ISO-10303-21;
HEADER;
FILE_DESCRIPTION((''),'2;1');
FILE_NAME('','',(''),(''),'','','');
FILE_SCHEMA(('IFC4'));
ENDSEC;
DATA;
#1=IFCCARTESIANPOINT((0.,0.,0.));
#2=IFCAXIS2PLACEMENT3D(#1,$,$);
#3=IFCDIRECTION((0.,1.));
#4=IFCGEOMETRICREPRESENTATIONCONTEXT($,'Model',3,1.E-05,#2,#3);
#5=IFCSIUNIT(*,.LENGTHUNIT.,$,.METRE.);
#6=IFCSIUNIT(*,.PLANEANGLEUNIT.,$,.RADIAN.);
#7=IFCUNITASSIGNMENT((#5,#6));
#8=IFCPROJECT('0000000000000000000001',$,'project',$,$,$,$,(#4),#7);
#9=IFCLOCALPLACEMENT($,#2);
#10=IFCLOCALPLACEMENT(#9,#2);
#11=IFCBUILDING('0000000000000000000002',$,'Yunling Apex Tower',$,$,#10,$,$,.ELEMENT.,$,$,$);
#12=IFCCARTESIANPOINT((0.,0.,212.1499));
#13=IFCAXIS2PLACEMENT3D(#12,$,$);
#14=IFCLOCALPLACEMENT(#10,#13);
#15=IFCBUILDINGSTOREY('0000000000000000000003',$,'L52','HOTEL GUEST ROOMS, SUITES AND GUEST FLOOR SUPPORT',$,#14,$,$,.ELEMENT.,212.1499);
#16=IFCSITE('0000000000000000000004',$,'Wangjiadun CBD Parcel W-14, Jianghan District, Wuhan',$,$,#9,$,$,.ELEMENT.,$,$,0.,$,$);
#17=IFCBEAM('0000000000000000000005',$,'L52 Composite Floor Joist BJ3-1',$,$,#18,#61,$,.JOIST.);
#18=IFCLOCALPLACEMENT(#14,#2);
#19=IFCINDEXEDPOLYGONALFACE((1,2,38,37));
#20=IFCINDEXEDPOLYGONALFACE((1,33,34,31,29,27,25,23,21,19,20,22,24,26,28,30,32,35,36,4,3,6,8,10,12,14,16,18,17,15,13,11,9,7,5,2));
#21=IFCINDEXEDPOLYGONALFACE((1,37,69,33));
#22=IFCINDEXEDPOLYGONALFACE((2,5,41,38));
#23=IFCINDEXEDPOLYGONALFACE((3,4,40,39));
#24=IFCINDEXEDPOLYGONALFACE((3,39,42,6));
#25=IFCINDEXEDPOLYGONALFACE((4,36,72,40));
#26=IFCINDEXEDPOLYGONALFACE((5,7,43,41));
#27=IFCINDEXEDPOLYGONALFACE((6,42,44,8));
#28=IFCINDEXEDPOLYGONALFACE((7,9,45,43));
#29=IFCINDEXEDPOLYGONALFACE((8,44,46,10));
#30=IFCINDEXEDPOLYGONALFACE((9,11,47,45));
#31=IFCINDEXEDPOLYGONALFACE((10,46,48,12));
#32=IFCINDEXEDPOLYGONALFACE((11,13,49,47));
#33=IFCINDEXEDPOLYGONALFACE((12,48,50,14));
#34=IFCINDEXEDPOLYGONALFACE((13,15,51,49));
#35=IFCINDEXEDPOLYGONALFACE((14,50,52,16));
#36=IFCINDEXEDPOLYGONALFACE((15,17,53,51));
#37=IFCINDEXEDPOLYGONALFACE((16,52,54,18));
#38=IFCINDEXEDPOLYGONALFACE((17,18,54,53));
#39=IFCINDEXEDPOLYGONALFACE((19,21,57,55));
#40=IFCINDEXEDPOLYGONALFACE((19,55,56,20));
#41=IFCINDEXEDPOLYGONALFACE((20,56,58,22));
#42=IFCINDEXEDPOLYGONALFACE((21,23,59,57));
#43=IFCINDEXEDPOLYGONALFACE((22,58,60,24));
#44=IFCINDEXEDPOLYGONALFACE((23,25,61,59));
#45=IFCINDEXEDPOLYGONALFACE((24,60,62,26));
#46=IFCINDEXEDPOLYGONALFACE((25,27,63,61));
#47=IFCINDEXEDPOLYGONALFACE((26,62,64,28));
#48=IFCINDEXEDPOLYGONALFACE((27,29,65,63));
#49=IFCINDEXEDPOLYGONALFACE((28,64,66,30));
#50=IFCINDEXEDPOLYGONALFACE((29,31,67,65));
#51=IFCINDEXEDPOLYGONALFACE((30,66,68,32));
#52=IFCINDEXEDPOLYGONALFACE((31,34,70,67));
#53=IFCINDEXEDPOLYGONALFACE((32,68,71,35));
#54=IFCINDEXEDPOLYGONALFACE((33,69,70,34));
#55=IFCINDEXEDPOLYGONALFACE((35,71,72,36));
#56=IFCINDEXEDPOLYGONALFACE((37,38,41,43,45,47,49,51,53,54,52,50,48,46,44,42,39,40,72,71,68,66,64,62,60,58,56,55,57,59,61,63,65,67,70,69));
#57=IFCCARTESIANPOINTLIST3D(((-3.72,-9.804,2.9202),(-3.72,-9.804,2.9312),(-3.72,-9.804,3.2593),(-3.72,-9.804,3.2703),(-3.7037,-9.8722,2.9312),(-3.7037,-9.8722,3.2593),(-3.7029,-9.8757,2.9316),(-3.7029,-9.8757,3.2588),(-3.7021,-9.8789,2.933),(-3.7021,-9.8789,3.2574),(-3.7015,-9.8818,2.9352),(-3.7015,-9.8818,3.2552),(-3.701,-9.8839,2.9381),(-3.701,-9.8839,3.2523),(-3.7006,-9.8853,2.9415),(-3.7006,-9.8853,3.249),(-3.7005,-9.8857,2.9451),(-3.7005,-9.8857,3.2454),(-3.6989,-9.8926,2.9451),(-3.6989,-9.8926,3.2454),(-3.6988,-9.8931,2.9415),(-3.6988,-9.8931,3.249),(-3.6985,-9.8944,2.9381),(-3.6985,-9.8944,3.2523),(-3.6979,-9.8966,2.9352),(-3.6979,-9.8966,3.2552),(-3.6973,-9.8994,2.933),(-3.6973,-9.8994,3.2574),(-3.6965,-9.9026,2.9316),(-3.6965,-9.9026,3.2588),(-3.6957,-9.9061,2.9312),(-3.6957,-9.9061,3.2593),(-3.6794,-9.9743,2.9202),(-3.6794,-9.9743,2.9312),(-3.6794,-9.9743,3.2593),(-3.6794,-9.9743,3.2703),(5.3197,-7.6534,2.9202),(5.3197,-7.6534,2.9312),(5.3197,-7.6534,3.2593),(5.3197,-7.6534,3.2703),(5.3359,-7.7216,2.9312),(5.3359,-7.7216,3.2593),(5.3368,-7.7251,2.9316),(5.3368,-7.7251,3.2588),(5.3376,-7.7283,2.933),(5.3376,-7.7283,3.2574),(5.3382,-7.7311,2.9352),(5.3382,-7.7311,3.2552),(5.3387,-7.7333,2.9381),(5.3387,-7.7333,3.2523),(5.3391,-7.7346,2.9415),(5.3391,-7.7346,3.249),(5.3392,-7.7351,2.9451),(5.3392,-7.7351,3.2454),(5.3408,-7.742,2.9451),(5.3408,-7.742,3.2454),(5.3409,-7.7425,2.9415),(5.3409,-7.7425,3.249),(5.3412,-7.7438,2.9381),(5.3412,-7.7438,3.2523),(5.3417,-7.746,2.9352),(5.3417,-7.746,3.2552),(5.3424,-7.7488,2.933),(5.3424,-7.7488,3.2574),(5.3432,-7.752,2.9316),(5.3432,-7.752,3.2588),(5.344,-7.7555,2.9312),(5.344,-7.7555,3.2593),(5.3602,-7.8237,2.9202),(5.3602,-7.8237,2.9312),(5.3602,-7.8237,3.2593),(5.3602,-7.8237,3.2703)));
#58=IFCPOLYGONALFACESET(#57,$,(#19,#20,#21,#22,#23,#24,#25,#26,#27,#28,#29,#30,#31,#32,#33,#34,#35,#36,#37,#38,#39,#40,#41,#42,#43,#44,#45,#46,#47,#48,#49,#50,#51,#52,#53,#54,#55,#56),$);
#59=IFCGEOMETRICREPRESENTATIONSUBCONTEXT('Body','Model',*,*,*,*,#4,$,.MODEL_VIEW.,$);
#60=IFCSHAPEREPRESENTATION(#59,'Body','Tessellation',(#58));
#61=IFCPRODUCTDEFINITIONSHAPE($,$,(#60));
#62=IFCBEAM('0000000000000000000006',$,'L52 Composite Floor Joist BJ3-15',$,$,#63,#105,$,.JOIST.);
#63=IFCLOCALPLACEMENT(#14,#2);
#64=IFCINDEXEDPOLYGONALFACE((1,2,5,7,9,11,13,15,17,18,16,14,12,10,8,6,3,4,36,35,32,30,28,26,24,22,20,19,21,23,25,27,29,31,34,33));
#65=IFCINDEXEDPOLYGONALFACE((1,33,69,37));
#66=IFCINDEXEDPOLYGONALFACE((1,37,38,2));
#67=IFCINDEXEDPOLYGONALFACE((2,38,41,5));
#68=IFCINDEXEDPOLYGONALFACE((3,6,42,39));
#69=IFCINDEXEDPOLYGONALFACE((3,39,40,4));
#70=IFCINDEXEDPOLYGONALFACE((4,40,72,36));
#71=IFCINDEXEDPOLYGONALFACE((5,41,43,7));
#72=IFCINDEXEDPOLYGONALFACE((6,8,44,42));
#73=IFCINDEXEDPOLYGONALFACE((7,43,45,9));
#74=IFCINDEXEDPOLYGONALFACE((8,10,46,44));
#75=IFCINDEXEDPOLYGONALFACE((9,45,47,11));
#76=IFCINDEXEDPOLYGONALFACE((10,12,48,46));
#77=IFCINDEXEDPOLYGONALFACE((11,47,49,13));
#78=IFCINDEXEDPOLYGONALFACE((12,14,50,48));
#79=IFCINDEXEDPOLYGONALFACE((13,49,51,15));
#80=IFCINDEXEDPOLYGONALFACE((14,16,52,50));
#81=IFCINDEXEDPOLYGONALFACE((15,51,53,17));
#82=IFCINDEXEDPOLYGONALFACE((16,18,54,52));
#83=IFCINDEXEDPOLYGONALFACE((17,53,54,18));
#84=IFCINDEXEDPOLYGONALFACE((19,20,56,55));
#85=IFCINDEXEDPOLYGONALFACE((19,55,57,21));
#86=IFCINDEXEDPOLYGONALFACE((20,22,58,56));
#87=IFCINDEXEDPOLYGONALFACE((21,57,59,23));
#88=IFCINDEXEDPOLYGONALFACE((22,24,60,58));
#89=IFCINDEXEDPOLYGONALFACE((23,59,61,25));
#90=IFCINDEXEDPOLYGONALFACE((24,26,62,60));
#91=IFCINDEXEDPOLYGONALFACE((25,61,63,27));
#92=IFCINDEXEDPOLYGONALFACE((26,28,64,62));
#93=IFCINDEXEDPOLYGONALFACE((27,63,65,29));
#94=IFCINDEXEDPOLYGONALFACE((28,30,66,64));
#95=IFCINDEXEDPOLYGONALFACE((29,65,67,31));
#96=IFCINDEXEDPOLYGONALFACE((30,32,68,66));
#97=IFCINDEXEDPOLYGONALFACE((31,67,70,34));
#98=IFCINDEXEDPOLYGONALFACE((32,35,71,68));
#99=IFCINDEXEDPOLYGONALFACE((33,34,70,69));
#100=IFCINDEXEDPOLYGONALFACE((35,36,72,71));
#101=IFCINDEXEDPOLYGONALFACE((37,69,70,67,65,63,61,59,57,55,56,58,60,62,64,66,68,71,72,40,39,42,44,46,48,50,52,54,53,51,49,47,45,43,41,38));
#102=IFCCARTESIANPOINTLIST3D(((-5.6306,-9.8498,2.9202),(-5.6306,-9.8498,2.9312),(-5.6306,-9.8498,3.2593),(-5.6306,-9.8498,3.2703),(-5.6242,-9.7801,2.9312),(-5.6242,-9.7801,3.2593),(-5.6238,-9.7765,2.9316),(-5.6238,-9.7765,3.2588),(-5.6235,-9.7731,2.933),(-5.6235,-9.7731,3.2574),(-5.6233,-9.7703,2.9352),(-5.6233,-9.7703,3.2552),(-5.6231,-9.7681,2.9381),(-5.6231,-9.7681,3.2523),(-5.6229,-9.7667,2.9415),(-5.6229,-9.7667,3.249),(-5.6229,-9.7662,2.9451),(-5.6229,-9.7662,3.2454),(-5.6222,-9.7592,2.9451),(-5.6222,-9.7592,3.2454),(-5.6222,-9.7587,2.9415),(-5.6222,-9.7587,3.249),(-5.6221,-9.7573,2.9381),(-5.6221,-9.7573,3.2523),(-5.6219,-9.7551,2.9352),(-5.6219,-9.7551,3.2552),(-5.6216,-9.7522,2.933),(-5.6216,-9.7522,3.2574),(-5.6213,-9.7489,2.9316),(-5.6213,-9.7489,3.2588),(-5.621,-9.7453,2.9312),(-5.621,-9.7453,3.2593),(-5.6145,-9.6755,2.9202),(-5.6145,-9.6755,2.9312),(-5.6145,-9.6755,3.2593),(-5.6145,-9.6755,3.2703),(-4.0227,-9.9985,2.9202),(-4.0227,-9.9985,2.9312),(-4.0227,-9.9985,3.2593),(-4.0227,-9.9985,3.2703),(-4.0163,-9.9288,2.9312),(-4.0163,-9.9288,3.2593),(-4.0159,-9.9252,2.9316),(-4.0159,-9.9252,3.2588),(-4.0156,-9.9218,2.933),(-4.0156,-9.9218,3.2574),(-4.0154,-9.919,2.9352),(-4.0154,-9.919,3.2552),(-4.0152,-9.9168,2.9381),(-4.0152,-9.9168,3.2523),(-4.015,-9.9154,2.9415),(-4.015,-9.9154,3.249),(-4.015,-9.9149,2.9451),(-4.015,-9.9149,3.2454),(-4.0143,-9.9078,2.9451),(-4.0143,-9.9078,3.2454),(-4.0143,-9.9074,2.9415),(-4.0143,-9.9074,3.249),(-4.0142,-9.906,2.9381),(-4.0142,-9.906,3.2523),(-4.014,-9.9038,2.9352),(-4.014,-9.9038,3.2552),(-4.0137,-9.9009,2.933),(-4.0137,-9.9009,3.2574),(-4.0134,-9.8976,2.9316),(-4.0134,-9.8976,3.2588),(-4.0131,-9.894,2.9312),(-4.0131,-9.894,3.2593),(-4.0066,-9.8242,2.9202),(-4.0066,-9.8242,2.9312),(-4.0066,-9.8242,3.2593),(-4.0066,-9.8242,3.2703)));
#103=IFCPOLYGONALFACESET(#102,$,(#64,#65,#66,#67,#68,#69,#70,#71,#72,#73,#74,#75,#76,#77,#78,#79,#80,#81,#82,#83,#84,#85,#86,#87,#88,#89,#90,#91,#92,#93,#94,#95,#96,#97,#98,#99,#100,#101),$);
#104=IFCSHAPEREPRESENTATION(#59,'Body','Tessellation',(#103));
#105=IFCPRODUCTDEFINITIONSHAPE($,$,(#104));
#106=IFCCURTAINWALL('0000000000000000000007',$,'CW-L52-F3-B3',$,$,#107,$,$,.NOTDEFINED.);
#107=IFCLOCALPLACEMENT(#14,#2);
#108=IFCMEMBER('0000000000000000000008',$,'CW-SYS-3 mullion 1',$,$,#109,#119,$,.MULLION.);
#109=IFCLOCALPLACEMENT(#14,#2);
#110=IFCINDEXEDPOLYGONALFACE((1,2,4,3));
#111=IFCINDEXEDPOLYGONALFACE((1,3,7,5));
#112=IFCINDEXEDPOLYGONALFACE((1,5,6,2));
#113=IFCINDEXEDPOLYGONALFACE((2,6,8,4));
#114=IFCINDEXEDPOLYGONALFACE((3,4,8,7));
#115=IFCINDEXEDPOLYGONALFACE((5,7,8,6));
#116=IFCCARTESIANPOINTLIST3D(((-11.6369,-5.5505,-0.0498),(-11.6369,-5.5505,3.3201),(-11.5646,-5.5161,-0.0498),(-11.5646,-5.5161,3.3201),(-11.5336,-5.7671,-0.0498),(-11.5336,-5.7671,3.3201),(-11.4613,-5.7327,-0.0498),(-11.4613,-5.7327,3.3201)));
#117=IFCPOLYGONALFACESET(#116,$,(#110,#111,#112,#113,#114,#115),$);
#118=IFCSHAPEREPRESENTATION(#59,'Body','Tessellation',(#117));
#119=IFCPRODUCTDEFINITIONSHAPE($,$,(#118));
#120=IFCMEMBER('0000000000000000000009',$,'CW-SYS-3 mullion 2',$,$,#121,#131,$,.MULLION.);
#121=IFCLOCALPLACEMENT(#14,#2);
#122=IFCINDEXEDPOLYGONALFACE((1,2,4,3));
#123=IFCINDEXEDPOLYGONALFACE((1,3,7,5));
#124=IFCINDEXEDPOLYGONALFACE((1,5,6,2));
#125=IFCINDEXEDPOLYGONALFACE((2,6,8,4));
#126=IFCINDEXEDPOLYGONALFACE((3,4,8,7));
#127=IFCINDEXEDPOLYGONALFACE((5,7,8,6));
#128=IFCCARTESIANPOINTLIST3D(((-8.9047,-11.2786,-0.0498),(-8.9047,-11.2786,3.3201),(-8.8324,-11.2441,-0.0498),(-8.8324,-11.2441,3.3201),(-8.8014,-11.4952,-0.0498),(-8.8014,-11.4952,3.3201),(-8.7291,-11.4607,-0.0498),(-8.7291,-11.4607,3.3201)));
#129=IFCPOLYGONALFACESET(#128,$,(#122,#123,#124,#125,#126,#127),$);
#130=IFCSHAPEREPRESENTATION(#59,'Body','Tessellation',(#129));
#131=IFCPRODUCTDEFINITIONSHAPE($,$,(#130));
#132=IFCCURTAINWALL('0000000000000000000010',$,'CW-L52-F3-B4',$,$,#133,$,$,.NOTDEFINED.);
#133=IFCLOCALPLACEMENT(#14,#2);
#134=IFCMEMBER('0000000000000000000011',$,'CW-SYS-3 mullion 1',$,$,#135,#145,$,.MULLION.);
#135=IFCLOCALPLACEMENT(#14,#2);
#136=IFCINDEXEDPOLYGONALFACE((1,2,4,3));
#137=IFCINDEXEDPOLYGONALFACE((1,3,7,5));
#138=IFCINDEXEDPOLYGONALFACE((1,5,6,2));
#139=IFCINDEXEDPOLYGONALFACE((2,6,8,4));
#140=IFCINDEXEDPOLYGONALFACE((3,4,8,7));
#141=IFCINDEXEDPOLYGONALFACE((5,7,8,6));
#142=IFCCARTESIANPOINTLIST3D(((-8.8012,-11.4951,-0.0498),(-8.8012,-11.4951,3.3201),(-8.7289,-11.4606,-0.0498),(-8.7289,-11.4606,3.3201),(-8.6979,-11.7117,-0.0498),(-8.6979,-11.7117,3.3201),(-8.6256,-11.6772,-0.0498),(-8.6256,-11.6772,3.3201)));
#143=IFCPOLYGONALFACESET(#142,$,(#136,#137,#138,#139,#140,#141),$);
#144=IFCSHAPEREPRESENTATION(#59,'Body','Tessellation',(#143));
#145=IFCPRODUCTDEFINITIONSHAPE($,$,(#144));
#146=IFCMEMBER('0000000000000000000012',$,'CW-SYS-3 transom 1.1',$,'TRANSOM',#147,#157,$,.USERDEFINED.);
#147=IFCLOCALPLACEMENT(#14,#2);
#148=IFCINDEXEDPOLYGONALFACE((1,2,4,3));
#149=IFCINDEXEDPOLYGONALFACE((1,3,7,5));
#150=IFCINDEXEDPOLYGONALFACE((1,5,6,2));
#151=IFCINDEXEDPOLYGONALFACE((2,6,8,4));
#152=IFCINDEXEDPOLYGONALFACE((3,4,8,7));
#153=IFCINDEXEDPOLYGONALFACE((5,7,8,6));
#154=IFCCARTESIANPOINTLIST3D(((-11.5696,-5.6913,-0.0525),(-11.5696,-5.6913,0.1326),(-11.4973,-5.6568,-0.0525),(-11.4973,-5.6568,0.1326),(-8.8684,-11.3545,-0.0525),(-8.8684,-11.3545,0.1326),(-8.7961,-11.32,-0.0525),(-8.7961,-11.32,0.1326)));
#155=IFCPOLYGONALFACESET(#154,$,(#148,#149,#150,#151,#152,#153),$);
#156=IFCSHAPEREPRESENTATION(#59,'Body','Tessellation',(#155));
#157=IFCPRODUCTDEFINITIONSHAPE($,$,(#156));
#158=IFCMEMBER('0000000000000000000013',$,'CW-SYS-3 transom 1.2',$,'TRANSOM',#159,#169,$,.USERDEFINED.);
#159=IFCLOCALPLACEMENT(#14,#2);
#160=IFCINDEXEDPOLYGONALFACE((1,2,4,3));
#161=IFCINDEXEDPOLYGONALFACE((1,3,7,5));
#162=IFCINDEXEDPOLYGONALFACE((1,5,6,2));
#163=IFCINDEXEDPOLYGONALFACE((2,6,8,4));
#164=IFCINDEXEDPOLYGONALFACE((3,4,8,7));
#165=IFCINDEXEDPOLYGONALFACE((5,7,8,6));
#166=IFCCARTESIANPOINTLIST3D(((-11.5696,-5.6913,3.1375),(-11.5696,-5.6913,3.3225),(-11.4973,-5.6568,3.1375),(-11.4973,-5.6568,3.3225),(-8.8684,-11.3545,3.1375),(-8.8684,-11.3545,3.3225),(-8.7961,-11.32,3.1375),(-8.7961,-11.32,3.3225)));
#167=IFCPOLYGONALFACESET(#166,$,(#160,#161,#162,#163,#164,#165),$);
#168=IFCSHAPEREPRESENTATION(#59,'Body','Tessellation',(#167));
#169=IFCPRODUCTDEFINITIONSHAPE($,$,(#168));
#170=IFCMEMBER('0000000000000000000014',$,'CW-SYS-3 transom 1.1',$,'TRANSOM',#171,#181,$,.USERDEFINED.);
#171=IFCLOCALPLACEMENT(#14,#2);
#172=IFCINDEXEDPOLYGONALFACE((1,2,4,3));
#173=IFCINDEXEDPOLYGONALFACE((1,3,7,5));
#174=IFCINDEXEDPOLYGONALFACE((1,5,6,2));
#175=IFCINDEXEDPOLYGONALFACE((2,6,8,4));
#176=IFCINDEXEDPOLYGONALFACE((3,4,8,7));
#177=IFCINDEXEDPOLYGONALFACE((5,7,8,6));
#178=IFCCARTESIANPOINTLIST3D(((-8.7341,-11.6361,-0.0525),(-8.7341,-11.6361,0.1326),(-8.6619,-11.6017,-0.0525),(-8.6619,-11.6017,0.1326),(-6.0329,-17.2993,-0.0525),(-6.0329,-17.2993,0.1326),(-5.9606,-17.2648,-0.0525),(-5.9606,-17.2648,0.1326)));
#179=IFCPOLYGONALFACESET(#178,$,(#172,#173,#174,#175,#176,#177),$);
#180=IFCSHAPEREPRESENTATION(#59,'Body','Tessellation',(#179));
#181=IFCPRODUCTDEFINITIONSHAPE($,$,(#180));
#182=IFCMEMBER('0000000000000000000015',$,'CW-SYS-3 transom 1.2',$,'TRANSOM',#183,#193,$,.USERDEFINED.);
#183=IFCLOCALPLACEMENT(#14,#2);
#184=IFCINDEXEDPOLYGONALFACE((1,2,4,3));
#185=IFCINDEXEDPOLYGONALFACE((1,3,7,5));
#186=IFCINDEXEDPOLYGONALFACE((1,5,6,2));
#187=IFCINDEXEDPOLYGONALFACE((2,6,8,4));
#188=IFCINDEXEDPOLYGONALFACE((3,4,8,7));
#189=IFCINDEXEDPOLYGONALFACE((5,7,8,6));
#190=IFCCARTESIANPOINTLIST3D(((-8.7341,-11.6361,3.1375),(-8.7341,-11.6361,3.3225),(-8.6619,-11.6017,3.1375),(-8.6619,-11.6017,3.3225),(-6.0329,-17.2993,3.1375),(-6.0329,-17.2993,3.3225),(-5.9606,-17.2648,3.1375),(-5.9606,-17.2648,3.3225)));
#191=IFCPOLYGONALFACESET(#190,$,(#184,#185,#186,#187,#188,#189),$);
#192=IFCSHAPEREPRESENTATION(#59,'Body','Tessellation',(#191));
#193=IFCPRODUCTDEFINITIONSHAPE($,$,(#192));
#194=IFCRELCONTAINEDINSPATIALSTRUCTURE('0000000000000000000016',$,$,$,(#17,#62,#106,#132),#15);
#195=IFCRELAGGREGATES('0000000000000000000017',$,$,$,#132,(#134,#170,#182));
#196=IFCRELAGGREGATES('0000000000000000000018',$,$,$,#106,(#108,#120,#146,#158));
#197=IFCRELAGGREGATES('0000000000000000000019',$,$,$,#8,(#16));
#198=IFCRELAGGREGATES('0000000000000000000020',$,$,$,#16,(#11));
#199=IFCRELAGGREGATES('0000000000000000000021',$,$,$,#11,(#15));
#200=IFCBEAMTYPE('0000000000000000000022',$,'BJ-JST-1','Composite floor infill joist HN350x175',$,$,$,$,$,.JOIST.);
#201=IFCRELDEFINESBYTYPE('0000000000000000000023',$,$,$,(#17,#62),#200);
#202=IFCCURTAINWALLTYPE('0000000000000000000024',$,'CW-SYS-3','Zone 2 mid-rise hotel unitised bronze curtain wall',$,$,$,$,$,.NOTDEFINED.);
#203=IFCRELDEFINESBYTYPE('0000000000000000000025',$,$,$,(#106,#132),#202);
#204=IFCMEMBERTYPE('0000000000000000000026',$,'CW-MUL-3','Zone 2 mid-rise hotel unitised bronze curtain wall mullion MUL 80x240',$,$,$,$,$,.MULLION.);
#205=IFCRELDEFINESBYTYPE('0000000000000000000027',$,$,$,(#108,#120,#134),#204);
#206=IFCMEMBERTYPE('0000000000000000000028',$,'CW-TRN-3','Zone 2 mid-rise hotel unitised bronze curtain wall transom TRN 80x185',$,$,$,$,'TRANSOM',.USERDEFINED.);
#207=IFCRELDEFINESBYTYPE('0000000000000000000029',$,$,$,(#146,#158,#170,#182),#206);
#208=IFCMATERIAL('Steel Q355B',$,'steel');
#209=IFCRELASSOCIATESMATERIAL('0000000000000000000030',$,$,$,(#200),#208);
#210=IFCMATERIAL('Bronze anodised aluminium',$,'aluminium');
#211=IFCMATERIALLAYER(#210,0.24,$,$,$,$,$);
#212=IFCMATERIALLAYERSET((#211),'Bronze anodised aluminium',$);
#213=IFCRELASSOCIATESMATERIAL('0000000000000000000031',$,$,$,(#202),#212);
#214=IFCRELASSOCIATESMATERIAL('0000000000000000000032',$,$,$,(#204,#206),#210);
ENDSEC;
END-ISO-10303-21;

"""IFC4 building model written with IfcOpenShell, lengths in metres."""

from ifc_helpers import new_model, si_unit, direction, frame, origin, origin_2d, place, context, subcontext, project, spatial, rectangle, i_section, extrude, source, transform, mapped, material, layer, layer_set, material_profile, profile_set, type_object, element, aggregate, save


model = new_model("IFC4")

# Units and contexts
model_context = context("Model", 3, precision=1e-05, world=origin(), true_north=direction((0.0, 1.0)))
body_context = subcontext(model_context, "Body", "Model", "MODEL_VIEW")
ifc_project = project(units=[si_unit("LENGTHUNIT", "METRE"), si_unit("PLANEANGLEUNIT", "RADIAN")], contexts=[model_context])

# Site, building, storey
site_placement = place(None, origin())
site = spatial("IfcSite", under=ifc_project, at=site_placement, Name="Wangjiadun CBD Parcel W-14, Jianghan District, Wuhan", CompositionType="ELEMENT", RefElevation=0.0)
building_placement = place(site_placement, origin())
building = spatial("IfcBuilding", under=site, at=building_placement, Name="Yunling Apex Tower", CompositionType="ELEMENT")
storey_placement = place(building_placement, frame((0.0, 0.0, 212.1499)))
storey = spatial("IfcBuildingStorey", under=building, at=storey_placement, Name="L52", Description="HOTEL GUEST ROOMS, SUITES AND GUEST FLOOR SUPPORT", CompositionType="ELEMENT", Elevation=212.1499)

# Beams
ifc_material_1 = material(Name="Steel Q355B", Category="steel")
ifc_material_profile_1 = material_profile(ifc_material_1, i_section(OverallWidth=0.175, OverallDepth=0.3501, WebThickness=0.0071, FlangeThickness=0.011, FilletRadius=0.0139, at=origin_2d()))
ifc_profile_set_1 = profile_set([ifc_material_profile_1], Name="Steel Q355B")
beam_type_1 = type_object("IfcBeamType", Name="BJ-JST-1", Description="Composite floor infill joist HN350x175", PredefinedType="JOIST", material=ifc_profile_set_1)
shared_shape_1 = source(origin(), body_context, "Body", "SweptSolid", [
    extrude(i_section(OverallWidth=0.175, OverallDepth=0.3501, WebThickness=0.0071, FlangeThickness=0.011, FilletRadius=0.0139, at=origin_2d()), origin(), (0.0, 0.0, 1.0), 9.292),
])
beam_1_placement = place(storey_placement, frame((-3.6997, -9.8892, 3.0952), z_axis=(0.972847, 0.231448, 0.0), x_axis=(-0.231448, 0.972847, 0.0)))
element("IfcBeam", 1, at=beam_1_placement, inside=storey, type_object=beam_type_1, Name="L52 Composite Floor Joist BJ3-1", PredefinedType="JOIST", context=body_context, shape_type="MappedRepresentation", body=[
    mapped(shared_shape_1, transform((0.0, 0.0, 0.0), scale=1.0)),
])
shared_shape_2 = source(origin(), body_context, "Body", "SweptSolid", [
    extrude(i_section(OverallWidth=0.175, OverallDepth=0.3501, WebThickness=0.0071, FlangeThickness=0.011, FilletRadius=0.0139, at=origin_2d()), origin(), (0.0, 0.0, 1.0), 1.6147),
])
beam_2_placement = place(storey_placement, frame((-5.6226, -9.7627, 3.0952), z_axis=(0.995752, -0.092076, 0.0), x_axis=(0.092076, 0.995752, 0.0)))
element("IfcBeam", 2, at=beam_2_placement, inside=storey, type_object=beam_type_1, Name="L52 Composite Floor Joist BJ3-15", PredefinedType="JOIST", context=body_context, shape_type="MappedRepresentation", body=[
    mapped(shared_shape_2, transform((0.0, 0.0, 0.0), scale=1.0)),
])

# Curtain wall, members
ifc_material_2 = material(Name="Bronze anodised aluminium", Category="aluminium")
ifc_layer_1 = layer(ifc_material_2, 0.24)
ifc_layer_set_1 = layer_set([ifc_layer_1], Name="Bronze anodised aluminium")
curtain_wall_type = type_object("IfcCurtainWallType", Name="CW-SYS-3", Description="Zone 2 mid-rise hotel unitised bronze curtain wall", PredefinedType="NOTDEFINED", material=ifc_layer_set_1)
curtain_wall_1_placement = place(storey_placement, origin())
curtain_wall_1 = element("IfcCurtainWall", 3, at=curtain_wall_1_placement, inside=storey, type_object=curtain_wall_type, Name="CW-L52-F3-B3", PredefinedType="NOTDEFINED")
ifc_material_profile_2 = material_profile(ifc_material_2, rectangle(XDim=0.0801, YDim=0.24, at=origin_2d()))
ifc_profile_set_2 = profile_set([ifc_material_profile_2], Name="Bronze anodised aluminium")
member_type_1 = type_object("IfcMemberType", Name="CW-MUL-3", Description="Zone 2 mid-rise hotel unitised bronze curtain wall mullion MUL 80x240", PredefinedType="MULLION", material=ifc_profile_set_2)
shared_shape_3 = source(origin(), body_context, "Body", "SweptSolid", [
    extrude(rectangle(XDim=0.0801, YDim=0.24, at=origin_2d()), origin(), (0.0, 0.0, 1.0), 3.3699),
])
member_1_placement = place(storey_placement, frame((-11.5491, -5.6416, -0.0498), z_axis=(0.0, 0.0, 1.0), x_axis=(0.902588, 0.430505, 0.0)))
member_1 = element("IfcMember", 4, at=member_1_placement, type_object=member_type_1, Name="CW-SYS-3 mullion 1", PredefinedType="MULLION", context=body_context, shape_type="MappedRepresentation", body=[
    mapped(shared_shape_3, transform((0.0, 0.0, 0.0), scale=1.0)),
])
member_2_placement = place(storey_placement, frame((-8.8169, -11.3696, -0.0498), z_axis=(0.0, 0.0, 1.0), x_axis=(0.902588, 0.430505, 0.0)))
member_2 = element("IfcMember", 5, at=member_2_placement, type_object=member_type_1, Name="CW-SYS-3 mullion 2", PredefinedType="MULLION", context=body_context, shape_type="MappedRepresentation", body=[
    mapped(shared_shape_3, transform((0.0, 0.0, 0.0), scale=1.0)),
])

# Curtain wall, member
curtain_wall_2_placement = place(storey_placement, origin())
curtain_wall_2 = element("IfcCurtainWall", 6, at=curtain_wall_2_placement, inside=storey, type_object=curtain_wall_type, Name="CW-L52-F3-B4", PredefinedType="NOTDEFINED")
member_3_placement = place(storey_placement, frame((-8.7134, -11.5862, -0.0498), z_axis=(0.0, 0.0, 1.0), x_axis=(0.902582, 0.430518, 0.0)))
member_3 = element("IfcMember", 7, at=member_3_placement, type_object=member_type_1, Name="CW-SYS-3 mullion 1", PredefinedType="MULLION", context=body_context, shape_type="MappedRepresentation", body=[
    mapped(shared_shape_3, transform((0.0, 0.0, 0.0), scale=1.0)),
])

# Members
ifc_material_profile_3 = material_profile(ifc_material_2, rectangle(XDim=0.0801, YDim=0.1851, at=origin_2d()))
ifc_profile_set_3 = profile_set([ifc_material_profile_3], Name="Bronze anodised aluminium")
member_type_2 = type_object("IfcMemberType", Name="CW-TRN-3", Description="Zone 2 mid-rise hotel unitised bronze curtain wall transom TRN 80x185", ElementType="TRANSOM", PredefinedType="USERDEFINED", material=ifc_profile_set_3)
shared_shape_4 = source(origin(), body_context, "Body", "SweptSolid", [
    extrude(rectangle(XDim=0.0801, YDim=0.1851, at=origin_2d()), origin(), (0.0, 0.0, 1.0), 6.2744),
])
member_4_placement = place(storey_placement, frame((-11.5334, -5.6741, 0.04), z_axis=(0.430513, -0.902584, 0.0), x_axis=(0.902584, 0.430513, 0.0)))
member_4 = element("IfcMember", 8, at=member_4_placement, type_object=member_type_2, Name="CW-SYS-3 transom 1.1", ObjectType="TRANSOM", PredefinedType="USERDEFINED", context=body_context, shape_type="MappedRepresentation", body=[
    mapped(shared_shape_4, transform((0.0, 0.0, 0.0), scale=1.0)),
])
member_5_placement = place(storey_placement, frame((-11.5334, -5.6741, 3.23), z_axis=(0.430513, -0.902584, 0.0), x_axis=(0.902584, 0.430513, 0.0)))
member_5 = element("IfcMember", 9, at=member_5_placement, type_object=member_type_2, Name="CW-SYS-3 transom 1.2", ObjectType="TRANSOM", PredefinedType="USERDEFINED", context=body_context, shape_type="MappedRepresentation", body=[
    mapped(shared_shape_4, transform((0.0, 0.0, 0.0), scale=1.0)),
])
member_6_placement = place(storey_placement, frame((-8.698, -11.6189, 0.04), z_axis=(0.430513, -0.902584, 0.0), x_axis=(0.902584, 0.430513, 0.0)))
member_6 = element("IfcMember", 10, at=member_6_placement, type_object=member_type_2, Name="CW-SYS-3 transom 1.1", ObjectType="TRANSOM", PredefinedType="USERDEFINED", context=body_context, shape_type="MappedRepresentation", body=[
    mapped(shared_shape_4, transform((0.0, 0.0, 0.0), scale=1.0)),
])
member_7_placement = place(storey_placement, frame((-8.698, -11.6189, 3.23), z_axis=(0.430513, -0.902584, 0.0), x_axis=(0.902584, 0.430513, 0.0)))
member_7 = element("IfcMember", 11, at=member_7_placement, type_object=member_type_2, Name="CW-SYS-3 transom 1.2", ObjectType="TRANSOM", PredefinedType="USERDEFINED", context=body_context, shape_type="MappedRepresentation", body=[
    mapped(shared_shape_4, transform((0.0, 0.0, 0.0), scale=1.0)),
])
aggregate(curtain_wall_2, [member_3, member_6, member_7])

aggregate(curtain_wall_1, [member_1, member_2, member_4, member_5])

save(model, "model.ifc")
